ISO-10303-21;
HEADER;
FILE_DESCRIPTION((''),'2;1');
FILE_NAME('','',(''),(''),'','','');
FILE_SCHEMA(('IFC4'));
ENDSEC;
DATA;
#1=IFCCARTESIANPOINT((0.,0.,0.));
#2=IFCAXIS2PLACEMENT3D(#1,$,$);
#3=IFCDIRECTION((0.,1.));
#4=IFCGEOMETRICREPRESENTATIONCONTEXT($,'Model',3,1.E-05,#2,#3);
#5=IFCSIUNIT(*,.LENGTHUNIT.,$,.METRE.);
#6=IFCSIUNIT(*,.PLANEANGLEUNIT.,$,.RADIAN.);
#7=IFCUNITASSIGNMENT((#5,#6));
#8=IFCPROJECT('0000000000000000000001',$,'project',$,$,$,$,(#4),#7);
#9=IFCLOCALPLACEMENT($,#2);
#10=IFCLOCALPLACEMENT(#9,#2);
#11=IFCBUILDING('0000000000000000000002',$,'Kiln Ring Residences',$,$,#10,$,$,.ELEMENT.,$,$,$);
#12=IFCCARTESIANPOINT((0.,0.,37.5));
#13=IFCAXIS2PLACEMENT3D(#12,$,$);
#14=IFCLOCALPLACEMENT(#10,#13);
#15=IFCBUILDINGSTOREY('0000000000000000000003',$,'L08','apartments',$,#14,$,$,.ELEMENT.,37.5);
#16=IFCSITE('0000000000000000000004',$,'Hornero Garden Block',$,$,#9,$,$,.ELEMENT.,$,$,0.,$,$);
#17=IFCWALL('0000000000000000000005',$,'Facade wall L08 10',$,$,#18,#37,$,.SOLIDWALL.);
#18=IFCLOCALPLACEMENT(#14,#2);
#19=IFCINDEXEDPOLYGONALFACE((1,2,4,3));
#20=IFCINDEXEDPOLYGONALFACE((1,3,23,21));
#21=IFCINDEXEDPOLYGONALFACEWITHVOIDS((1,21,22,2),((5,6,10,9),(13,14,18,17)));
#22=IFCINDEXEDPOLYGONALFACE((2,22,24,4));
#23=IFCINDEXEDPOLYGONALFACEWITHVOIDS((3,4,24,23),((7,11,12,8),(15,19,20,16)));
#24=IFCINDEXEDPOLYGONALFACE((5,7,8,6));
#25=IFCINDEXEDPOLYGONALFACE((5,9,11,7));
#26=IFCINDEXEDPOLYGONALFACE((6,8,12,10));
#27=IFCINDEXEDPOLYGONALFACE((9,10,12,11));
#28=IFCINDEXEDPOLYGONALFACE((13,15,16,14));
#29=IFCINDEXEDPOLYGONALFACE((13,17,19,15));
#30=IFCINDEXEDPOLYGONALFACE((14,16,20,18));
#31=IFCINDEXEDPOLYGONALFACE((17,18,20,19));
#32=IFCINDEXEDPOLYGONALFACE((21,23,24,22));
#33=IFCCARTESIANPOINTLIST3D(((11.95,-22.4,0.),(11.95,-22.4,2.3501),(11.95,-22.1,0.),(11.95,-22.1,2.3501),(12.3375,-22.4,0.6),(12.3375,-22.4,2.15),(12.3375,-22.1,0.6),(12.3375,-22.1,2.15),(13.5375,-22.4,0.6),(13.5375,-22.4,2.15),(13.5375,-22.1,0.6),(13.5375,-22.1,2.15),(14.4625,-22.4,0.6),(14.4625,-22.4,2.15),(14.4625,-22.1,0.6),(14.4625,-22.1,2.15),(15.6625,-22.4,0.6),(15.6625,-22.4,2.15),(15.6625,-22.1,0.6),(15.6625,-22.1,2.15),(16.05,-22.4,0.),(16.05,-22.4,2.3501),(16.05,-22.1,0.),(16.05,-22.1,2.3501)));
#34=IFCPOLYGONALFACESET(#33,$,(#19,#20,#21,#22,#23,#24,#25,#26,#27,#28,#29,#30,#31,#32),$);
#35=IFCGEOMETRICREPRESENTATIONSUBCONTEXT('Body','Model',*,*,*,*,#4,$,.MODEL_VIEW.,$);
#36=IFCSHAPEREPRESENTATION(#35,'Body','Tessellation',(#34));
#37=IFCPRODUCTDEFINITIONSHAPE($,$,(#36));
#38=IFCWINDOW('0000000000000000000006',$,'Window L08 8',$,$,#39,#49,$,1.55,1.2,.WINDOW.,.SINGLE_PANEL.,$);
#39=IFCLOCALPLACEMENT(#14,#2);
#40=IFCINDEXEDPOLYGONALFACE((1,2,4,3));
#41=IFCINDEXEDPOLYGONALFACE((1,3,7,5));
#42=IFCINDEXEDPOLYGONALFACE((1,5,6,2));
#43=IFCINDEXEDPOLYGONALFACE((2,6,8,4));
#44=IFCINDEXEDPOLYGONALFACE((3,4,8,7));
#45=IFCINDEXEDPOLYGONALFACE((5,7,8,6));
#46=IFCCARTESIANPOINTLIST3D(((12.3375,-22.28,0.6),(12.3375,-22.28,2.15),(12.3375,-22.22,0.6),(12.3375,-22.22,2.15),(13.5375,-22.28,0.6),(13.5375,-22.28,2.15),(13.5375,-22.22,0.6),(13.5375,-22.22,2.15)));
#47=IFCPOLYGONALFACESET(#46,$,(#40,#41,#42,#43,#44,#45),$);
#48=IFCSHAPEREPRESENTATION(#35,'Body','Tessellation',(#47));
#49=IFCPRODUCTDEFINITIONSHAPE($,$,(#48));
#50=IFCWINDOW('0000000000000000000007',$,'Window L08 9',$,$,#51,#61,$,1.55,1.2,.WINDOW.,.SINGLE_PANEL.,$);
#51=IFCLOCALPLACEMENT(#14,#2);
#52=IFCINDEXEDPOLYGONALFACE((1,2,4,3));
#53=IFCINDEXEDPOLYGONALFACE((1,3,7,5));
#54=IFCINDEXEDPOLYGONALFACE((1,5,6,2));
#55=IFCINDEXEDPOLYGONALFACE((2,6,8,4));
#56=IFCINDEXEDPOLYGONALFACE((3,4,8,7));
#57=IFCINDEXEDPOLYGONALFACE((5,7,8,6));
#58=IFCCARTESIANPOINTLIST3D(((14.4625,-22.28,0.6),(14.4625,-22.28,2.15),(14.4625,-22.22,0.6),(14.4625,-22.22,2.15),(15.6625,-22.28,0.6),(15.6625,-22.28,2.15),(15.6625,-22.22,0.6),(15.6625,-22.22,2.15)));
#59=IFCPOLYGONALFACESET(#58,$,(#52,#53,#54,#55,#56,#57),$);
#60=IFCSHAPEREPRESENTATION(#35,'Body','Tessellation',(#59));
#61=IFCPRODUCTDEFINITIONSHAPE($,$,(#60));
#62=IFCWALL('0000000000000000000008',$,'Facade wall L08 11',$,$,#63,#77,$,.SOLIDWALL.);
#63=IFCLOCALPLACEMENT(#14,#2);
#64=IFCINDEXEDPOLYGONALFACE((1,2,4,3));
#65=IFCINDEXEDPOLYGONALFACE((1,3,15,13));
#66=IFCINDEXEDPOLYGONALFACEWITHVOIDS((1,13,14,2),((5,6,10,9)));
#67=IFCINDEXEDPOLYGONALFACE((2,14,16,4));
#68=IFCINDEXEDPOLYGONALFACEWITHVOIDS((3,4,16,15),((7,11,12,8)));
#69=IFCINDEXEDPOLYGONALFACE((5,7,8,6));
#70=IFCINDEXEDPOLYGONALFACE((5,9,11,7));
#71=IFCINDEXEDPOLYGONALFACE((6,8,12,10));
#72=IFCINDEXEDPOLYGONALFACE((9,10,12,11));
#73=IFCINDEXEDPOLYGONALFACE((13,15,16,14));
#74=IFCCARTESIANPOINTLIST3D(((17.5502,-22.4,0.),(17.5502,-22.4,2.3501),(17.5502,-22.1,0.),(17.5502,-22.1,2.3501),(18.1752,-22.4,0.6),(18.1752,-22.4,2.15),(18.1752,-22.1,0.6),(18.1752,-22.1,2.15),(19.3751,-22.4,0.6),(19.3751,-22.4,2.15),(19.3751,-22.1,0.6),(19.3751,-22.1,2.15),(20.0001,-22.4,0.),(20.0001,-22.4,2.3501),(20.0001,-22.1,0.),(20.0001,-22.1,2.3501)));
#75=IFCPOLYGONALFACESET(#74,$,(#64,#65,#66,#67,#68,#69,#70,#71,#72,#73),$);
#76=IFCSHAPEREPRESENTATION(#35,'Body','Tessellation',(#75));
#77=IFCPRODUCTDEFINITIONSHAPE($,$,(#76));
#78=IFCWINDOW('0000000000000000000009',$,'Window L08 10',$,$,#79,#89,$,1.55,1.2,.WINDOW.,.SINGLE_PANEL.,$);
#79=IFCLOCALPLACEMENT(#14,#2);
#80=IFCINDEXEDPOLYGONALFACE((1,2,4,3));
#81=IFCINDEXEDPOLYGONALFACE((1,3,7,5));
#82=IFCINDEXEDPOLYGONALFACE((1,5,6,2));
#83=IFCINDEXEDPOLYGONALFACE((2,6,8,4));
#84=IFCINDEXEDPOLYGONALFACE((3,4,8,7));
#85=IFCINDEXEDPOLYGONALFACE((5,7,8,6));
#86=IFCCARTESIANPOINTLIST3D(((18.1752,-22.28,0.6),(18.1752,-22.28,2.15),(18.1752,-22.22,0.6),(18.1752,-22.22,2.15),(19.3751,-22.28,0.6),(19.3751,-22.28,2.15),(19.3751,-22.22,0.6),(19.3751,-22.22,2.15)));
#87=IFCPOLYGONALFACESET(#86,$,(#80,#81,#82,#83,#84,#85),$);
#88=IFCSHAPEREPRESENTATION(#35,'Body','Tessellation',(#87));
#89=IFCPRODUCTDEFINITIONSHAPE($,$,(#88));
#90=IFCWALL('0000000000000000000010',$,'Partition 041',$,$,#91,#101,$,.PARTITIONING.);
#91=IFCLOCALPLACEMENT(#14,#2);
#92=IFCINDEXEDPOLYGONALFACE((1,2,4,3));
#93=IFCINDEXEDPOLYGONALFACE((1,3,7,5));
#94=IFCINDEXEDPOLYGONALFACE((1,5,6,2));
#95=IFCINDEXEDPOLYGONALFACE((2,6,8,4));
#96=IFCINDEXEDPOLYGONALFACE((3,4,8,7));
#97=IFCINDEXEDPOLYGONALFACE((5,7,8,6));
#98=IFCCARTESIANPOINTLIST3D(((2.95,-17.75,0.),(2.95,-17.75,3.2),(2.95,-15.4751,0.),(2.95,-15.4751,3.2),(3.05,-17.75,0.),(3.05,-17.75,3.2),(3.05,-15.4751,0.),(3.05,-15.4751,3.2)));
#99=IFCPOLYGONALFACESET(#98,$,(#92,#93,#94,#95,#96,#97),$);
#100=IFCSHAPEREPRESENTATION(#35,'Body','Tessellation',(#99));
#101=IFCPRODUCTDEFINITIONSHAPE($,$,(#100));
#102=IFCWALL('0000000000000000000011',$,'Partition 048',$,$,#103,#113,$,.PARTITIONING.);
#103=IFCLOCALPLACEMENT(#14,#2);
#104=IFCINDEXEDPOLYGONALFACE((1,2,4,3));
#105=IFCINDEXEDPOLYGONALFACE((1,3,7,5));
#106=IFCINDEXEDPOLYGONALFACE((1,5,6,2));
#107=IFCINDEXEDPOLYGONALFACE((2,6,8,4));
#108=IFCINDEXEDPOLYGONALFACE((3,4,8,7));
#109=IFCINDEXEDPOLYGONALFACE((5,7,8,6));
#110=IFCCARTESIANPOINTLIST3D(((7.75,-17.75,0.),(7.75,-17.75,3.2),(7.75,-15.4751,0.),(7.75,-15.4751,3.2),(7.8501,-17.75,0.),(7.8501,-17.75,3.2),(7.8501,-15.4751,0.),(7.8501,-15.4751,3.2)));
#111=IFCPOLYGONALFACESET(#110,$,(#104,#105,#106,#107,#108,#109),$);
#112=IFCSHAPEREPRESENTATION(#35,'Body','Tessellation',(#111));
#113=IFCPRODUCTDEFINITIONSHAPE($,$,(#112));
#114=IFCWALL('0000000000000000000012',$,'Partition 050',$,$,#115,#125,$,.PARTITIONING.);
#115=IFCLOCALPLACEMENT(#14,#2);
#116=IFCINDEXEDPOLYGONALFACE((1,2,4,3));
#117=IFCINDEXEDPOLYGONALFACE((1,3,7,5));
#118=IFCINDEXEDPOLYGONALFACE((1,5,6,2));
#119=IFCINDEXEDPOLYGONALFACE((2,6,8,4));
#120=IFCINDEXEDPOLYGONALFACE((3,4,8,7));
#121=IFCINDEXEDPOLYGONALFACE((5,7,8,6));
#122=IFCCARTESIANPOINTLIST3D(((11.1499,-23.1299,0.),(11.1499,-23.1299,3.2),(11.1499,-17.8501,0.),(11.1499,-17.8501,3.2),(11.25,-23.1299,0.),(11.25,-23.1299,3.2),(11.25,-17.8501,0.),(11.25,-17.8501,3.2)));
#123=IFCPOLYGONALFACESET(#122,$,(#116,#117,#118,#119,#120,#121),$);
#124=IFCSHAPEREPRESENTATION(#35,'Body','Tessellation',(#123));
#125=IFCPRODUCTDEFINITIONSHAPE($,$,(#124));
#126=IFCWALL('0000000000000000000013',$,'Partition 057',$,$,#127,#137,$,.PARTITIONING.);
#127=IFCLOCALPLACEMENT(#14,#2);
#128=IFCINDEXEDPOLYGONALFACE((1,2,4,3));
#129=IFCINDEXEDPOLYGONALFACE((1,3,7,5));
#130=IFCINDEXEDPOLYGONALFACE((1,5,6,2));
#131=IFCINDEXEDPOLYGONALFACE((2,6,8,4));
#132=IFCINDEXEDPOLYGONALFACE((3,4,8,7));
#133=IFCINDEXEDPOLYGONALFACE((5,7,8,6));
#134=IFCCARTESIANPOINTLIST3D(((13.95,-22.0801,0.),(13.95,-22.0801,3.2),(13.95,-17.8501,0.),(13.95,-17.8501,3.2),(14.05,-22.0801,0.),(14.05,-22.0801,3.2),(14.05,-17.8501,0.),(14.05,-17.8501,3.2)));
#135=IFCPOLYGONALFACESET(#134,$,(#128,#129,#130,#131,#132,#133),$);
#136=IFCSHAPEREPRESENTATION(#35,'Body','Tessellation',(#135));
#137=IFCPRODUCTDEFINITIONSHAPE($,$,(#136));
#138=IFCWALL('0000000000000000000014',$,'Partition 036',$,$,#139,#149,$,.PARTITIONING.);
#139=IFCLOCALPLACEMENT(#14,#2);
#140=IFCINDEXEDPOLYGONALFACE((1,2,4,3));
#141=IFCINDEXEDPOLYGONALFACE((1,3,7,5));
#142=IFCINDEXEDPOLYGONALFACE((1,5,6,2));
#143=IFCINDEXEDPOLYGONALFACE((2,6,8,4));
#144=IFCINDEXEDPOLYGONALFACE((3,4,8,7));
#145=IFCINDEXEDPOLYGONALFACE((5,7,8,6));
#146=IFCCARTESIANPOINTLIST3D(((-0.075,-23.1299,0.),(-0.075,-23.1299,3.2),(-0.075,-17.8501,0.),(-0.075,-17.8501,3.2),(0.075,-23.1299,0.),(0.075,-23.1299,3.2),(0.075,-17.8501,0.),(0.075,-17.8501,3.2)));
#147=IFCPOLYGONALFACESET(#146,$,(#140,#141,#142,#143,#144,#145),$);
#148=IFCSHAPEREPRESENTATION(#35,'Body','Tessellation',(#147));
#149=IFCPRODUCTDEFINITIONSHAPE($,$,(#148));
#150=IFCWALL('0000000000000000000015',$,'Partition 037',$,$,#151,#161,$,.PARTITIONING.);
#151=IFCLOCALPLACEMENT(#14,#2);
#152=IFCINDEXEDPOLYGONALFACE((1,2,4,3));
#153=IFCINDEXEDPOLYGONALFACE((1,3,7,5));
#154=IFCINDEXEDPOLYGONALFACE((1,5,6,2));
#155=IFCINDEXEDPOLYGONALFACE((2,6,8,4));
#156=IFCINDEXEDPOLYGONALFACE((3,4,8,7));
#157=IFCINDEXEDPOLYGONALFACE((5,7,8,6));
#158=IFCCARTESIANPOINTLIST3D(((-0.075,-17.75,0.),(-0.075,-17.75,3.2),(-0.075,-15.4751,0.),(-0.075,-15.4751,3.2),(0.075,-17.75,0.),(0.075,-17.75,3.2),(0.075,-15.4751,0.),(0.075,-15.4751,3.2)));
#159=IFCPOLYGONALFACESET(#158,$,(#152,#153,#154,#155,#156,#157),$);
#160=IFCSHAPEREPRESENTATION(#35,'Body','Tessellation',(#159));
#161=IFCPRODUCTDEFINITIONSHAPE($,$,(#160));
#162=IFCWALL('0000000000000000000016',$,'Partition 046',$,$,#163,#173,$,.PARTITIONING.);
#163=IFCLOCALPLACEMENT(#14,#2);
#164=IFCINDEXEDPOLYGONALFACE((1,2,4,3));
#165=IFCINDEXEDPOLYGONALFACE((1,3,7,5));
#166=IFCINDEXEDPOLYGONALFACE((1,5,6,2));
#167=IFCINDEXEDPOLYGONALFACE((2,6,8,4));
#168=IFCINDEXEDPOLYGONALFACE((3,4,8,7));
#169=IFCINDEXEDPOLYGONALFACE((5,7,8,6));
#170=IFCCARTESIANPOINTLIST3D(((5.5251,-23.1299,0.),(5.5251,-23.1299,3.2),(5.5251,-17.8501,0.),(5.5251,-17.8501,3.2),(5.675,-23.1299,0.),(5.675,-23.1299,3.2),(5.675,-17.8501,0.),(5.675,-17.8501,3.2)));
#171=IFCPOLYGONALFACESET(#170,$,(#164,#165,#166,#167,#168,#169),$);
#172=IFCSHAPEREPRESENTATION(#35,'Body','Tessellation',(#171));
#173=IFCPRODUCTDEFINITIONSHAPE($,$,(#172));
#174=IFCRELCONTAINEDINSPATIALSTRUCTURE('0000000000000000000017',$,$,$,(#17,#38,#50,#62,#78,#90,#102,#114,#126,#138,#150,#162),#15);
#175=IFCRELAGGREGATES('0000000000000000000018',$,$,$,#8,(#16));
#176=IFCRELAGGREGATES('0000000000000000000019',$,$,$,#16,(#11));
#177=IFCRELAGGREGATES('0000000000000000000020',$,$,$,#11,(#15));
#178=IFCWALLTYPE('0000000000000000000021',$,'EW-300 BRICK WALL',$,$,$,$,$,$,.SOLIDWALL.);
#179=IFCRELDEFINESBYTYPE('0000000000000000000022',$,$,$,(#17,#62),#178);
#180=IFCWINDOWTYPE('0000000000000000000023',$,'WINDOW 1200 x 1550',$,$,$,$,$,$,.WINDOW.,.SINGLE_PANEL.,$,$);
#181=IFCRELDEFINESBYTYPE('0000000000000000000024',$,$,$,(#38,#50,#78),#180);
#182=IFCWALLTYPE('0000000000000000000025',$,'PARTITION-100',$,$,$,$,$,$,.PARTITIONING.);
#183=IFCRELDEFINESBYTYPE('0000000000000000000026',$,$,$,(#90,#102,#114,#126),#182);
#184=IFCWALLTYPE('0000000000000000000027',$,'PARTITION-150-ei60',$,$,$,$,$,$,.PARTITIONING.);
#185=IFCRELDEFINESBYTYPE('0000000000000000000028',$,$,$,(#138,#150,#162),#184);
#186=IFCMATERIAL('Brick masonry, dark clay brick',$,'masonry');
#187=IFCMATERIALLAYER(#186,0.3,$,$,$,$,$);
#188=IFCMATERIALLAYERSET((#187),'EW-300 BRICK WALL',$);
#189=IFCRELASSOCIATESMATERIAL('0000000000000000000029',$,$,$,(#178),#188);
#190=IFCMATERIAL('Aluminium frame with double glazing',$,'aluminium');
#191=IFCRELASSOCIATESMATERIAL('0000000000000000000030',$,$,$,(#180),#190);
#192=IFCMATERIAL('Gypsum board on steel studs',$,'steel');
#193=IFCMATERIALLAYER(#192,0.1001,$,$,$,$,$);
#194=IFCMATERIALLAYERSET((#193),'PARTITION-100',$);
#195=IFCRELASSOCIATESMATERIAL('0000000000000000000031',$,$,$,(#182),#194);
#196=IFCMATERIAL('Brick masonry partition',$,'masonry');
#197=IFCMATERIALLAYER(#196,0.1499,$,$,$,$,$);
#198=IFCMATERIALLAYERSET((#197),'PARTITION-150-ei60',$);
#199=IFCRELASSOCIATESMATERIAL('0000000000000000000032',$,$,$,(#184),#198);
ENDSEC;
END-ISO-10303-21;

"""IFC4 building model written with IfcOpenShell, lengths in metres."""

from ifc_helpers import new_model, si_unit, direction, frame, frame_2d, origin, place, context, subcontext, project, spatial, rectangle, extrude, material, layer, layer_set, type_object, element, fill, save


model = new_model("IFC4")

# Units and contexts
model_context = context("Model", 3, precision=1e-05, world=origin(), true_north=direction((0.0, 1.0)))
body_context = subcontext(model_context, "Body", "Model", "MODEL_VIEW")
ifc_project = project(units=[si_unit("LENGTHUNIT", "METRE"), si_unit("PLANEANGLEUNIT", "RADIAN")], contexts=[model_context])

# Site, building, storey
site_placement = place(None, origin())
site = spatial("IfcSite", under=ifc_project, at=site_placement, Name="Hornero Garden Block", CompositionType="ELEMENT", RefElevation=0.0)
building_placement = place(site_placement, origin())
building = spatial("IfcBuilding", under=site, at=building_placement, Name="Kiln Ring Residences", CompositionType="ELEMENT")
storey_placement = place(building_placement, frame((0.0, 0.0, 37.5)))
storey = spatial("IfcBuildingStorey", under=building, at=storey_placement, Name="L08", Description="apartments", CompositionType="ELEMENT", Elevation=37.5)

# Shared definitions
ifc_material_1 = material(Name="Brick masonry, dark clay brick", Category="masonry")
ifc_layer_1 = layer(ifc_material_1, 0.3)
ifc_layer_set_1 = layer_set([ifc_layer_1], Name="EW-300 BRICK WALL")
wall_type_1 = type_object("IfcWallType", Name="EW-300 BRICK WALL", PredefinedType="SOLIDWALL", material=ifc_layer_set_1)

# Wall, openings, windows
wall_1_placement = place(storey_placement, frame((11.95, -22.25, 0.0), z_axis=(0.0, 0.0, 1.0), x_axis=(1.0, 0.0, 0.0)))
wall_1 = element("IfcWall", 1, at=wall_1_placement, inside=storey, type_object=wall_type_1, Name="Facade wall L08 10", PredefinedType="SOLIDWALL", context=body_context, shape_type="SweptSolid", body=[
    extrude(rectangle(XDim=4.1001, YDim=0.3, at=frame_2d((2.05, 0.0))), origin(), (0.0, 0.0, 1.0), 2.3501),
])
opening_1_placement = place(wall_1_placement, frame((0.3875, 0.0, 0.6001)))
opening_1 = element("IfcOpeningElement", 2, at=opening_1_placement, cuts=wall_1, PredefinedType="OPENING", context=body_context, shape_type="SweptSolid", body=[
    extrude(rectangle(XDim=1.2, YDim=1.55, at=frame_2d((0.6001, 0.7749))), frame((0.0, 0.1599, 0.0), z_axis=(0.0, -1.0, 0.0), x_axis=(1.0, 0.0, 0.0)), (0.0, 0.0, 1.0), 0.3201),
])
opening_2_placement = place(wall_1_placement, frame((2.5125, 0.0, 0.6001)))
opening_2 = element("IfcOpeningElement", 3, at=opening_2_placement, cuts=wall_1, PredefinedType="OPENING", context=body_context, shape_type="SweptSolid", body=[
    extrude(rectangle(XDim=1.2, YDim=1.55, at=frame_2d((0.6001, 0.7749))), frame((0.0, 0.1599, 0.0), z_axis=(0.0, -1.0, 0.0), x_axis=(1.0, 0.0, 0.0)), (0.0, 0.0, 1.0), 0.3201),
])
ifc_material_2 = material(Name="Aluminium frame with double glazing", Category="aluminium")
window_type_1 = type_object("IfcWindowType", Name="WINDOW 1200 x 1550", PartitioningType="SINGLE_PANEL", PredefinedType="WINDOW", material=ifc_material_2)
window_1_placement = place(opening_1_placement, origin())
window_1 = element("IfcWindow", 4, at=window_1_placement, inside=storey, type_object=window_type_1, Name="Window L08 8", OverallHeight=1.55, OverallWidth=1.2, PartitioningType="SINGLE_PANEL", PredefinedType="WINDOW", context=body_context, shape_type="SweptSolid", body=[
    extrude(rectangle(XDim=1.2, YDim=1.55, at=frame_2d((0.6001, 0.7749))), frame((0.0, 0.03, 0.0), z_axis=(0.0, -1.0, 0.0), x_axis=(1.0, 0.0, 0.0)), (0.0, 0.0, 1.0), 0.0601),
])
fill(opening_1, window_1)
window_2_placement = place(opening_2_placement, origin())
window_2 = element("IfcWindow", 5, at=window_2_placement, inside=storey, type_object=window_type_1, Name="Window L08 9", OverallHeight=1.55, OverallWidth=1.2, PartitioningType="SINGLE_PANEL", PredefinedType="WINDOW", context=body_context, shape_type="SweptSolid", body=[
    extrude(rectangle(XDim=1.2, YDim=1.55, at=frame_2d((0.6001, 0.7749))), frame((0.0, 0.03, 0.0), z_axis=(0.0, -1.0, 0.0), x_axis=(1.0, 0.0, 0.0)), (0.0, 0.0, 1.0), 0.0601),
])
fill(opening_2, window_2)

# Wall, opening, window
wall_2_placement = place(storey_placement, frame((17.55, -22.25, 0.0), z_axis=(0.0, 0.0, 1.0), x_axis=(1.0, 0.0, 0.0)))
wall_2 = element("IfcWall", 6, at=wall_2_placement, inside=storey, type_object=wall_type_1, Name="Facade wall L08 11", PredefinedType="SOLIDWALL", context=body_context, shape_type="SweptSolid", body=[
    extrude(rectangle(XDim=2.45, YDim=0.3, at=frame_2d((1.2251, 0.0))), origin(), (0.0, 0.0, 1.0), 2.3501),
])
opening_3_placement = place(wall_2_placement, frame((0.625, 0.0, 0.6001)))
opening_3 = element("IfcOpeningElement", 7, at=opening_3_placement, cuts=wall_2, PredefinedType="OPENING", context=body_context, shape_type="SweptSolid", body=[
    extrude(rectangle(XDim=1.2, YDim=1.55, at=frame_2d((0.6001, 0.7749))), frame((0.0, 0.1599, 0.0), z_axis=(0.0, -1.0, 0.0), x_axis=(1.0, 0.0, 0.0)), (0.0, 0.0, 1.0), 0.3201),
])
window_3_placement = place(opening_3_placement, origin())
window_3 = element("IfcWindow", 8, at=window_3_placement, inside=storey, type_object=window_type_1, Name="Window L08 10", OverallHeight=1.55, OverallWidth=1.2, PartitioningType="SINGLE_PANEL", PredefinedType="WINDOW", context=body_context, shape_type="SweptSolid", body=[
    extrude(rectangle(XDim=1.2, YDim=1.55, at=frame_2d((0.6001, 0.7749))), frame((0.0, 0.03, 0.0), z_axis=(0.0, -1.0, 0.0), x_axis=(1.0, 0.0, 0.0)), (0.0, 0.0, 1.0), 0.0601),
])
fill(opening_3, window_3)

# Walls
ifc_material_3 = material(Name="Gypsum board on steel studs", Category="steel")
ifc_layer_2 = layer(ifc_material_3, 0.1001)
ifc_layer_set_2 = layer_set([ifc_layer_2], Name="PARTITION-100")
wall_type_2 = type_object("IfcWallType", Name="PARTITION-100", PredefinedType="PARTITIONING", material=ifc_layer_set_2)
for number, where, z_axis, x_axis, name in (
    (9, (3.0, -17.75, 0.0), (0.0, 0.0, 1.0), (0.0, 1.0, 0.0), "Partition 041"),
    (10, (7.8, -17.75, 0.0), (0.0, 0.0, 1.0), (0.0, 1.0, 0.0), "Partition 048"),
):
    element("IfcWall", number, at=place(storey_placement, frame(where, z_axis=z_axis, x_axis=x_axis)), inside=storey, type_object=wall_type_2, Name=name, PredefinedType="PARTITIONING", context=body_context, shape_type="SweptSolid", body=[
        extrude(rectangle(XDim=2.2749, YDim=0.1001, at=frame_2d((1.1375, 0.0))), origin(), (0.0, 0.0, 1.0), 3.2),
    ])
wall_3_placement = place(storey_placement, frame((11.2, -23.1299, 0.0), z_axis=(0.0, 0.0, 1.0), x_axis=(0.0, 1.0, 0.0)))
element("IfcWall", 11, at=wall_3_placement, inside=storey, type_object=wall_type_2, Name="Partition 050", PredefinedType="PARTITIONING", context=body_context, shape_type="SweptSolid", body=[
    extrude(rectangle(XDim=5.2798, YDim=0.1001, at=frame_2d((2.6399, 0.0))), origin(), (0.0, 0.0, 1.0), 3.2),
])
wall_4_placement = place(storey_placement, frame((14.0, -22.0801, 0.0), z_axis=(0.0, 0.0, 1.0), x_axis=(0.0, 1.0, 0.0)))
element("IfcWall", 12, at=wall_4_placement, inside=storey, type_object=wall_type_2, Name="Partition 057", PredefinedType="PARTITIONING", context=body_context, shape_type="SweptSolid", body=[
    extrude(rectangle(XDim=4.23, YDim=0.1001, at=frame_2d((2.115, 0.0))), origin(), (0.0, 0.0, 1.0), 3.2),
])
ifc_material_4 = material(Name="Brick masonry partition", Category="masonry")
ifc_layer_3 = layer(ifc_material_4, 0.1499)
ifc_layer_set_3 = layer_set([ifc_layer_3], Name="PARTITION-150-ei60")
wall_type_3 = type_object("IfcWallType", Name="PARTITION-150-ei60", PredefinedType="PARTITIONING", material=ifc_layer_set_3)
wall_5_placement = place(storey_placement, frame((0.0, -23.1299, 0.0), z_axis=(0.0, 0.0, 1.0), x_axis=(0.0, 1.0, 0.0)))
element("IfcWall", 13, at=wall_5_placement, inside=storey, type_object=wall_type_3, Name="Partition 036", PredefinedType="PARTITIONING", context=body_context, shape_type="SweptSolid", body=[
    extrude(rectangle(XDim=5.2798, YDim=0.1499, at=frame_2d((2.6399, 0.0))), origin(), (0.0, 0.0, 1.0), 3.2),
])
wall_6_placement = place(storey_placement, frame((0.0, -17.75, 0.0), z_axis=(0.0, 0.0, 1.0), x_axis=(0.0, 1.0, 0.0)))
element("IfcWall", 14, at=wall_6_placement, inside=storey, type_object=wall_type_3, Name="Partition 037", PredefinedType="PARTITIONING", context=body_context, shape_type="SweptSolid", body=[
    extrude(rectangle(XDim=2.2749, YDim=0.1499, at=frame_2d((1.1375, 0.0))), origin(), (0.0, 0.0, 1.0), 3.2),
])
wall_7_placement = place(storey_placement, frame((5.6001, -23.1299, 0.0), z_axis=(0.0, 0.0, 1.0), x_axis=(0.0, 1.0, 0.0)))
element("IfcWall", 15, at=wall_7_placement, inside=storey, type_object=wall_type_3, Name="Partition 046", PredefinedType="PARTITIONING", context=body_context, shape_type="SweptSolid", body=[
    extrude(rectangle(XDim=5.2798, YDim=0.1499, at=frame_2d((2.6399, 0.0))), origin(), (0.0, 0.0, 1.0), 3.2),
])

save(model, "model.ifc")
